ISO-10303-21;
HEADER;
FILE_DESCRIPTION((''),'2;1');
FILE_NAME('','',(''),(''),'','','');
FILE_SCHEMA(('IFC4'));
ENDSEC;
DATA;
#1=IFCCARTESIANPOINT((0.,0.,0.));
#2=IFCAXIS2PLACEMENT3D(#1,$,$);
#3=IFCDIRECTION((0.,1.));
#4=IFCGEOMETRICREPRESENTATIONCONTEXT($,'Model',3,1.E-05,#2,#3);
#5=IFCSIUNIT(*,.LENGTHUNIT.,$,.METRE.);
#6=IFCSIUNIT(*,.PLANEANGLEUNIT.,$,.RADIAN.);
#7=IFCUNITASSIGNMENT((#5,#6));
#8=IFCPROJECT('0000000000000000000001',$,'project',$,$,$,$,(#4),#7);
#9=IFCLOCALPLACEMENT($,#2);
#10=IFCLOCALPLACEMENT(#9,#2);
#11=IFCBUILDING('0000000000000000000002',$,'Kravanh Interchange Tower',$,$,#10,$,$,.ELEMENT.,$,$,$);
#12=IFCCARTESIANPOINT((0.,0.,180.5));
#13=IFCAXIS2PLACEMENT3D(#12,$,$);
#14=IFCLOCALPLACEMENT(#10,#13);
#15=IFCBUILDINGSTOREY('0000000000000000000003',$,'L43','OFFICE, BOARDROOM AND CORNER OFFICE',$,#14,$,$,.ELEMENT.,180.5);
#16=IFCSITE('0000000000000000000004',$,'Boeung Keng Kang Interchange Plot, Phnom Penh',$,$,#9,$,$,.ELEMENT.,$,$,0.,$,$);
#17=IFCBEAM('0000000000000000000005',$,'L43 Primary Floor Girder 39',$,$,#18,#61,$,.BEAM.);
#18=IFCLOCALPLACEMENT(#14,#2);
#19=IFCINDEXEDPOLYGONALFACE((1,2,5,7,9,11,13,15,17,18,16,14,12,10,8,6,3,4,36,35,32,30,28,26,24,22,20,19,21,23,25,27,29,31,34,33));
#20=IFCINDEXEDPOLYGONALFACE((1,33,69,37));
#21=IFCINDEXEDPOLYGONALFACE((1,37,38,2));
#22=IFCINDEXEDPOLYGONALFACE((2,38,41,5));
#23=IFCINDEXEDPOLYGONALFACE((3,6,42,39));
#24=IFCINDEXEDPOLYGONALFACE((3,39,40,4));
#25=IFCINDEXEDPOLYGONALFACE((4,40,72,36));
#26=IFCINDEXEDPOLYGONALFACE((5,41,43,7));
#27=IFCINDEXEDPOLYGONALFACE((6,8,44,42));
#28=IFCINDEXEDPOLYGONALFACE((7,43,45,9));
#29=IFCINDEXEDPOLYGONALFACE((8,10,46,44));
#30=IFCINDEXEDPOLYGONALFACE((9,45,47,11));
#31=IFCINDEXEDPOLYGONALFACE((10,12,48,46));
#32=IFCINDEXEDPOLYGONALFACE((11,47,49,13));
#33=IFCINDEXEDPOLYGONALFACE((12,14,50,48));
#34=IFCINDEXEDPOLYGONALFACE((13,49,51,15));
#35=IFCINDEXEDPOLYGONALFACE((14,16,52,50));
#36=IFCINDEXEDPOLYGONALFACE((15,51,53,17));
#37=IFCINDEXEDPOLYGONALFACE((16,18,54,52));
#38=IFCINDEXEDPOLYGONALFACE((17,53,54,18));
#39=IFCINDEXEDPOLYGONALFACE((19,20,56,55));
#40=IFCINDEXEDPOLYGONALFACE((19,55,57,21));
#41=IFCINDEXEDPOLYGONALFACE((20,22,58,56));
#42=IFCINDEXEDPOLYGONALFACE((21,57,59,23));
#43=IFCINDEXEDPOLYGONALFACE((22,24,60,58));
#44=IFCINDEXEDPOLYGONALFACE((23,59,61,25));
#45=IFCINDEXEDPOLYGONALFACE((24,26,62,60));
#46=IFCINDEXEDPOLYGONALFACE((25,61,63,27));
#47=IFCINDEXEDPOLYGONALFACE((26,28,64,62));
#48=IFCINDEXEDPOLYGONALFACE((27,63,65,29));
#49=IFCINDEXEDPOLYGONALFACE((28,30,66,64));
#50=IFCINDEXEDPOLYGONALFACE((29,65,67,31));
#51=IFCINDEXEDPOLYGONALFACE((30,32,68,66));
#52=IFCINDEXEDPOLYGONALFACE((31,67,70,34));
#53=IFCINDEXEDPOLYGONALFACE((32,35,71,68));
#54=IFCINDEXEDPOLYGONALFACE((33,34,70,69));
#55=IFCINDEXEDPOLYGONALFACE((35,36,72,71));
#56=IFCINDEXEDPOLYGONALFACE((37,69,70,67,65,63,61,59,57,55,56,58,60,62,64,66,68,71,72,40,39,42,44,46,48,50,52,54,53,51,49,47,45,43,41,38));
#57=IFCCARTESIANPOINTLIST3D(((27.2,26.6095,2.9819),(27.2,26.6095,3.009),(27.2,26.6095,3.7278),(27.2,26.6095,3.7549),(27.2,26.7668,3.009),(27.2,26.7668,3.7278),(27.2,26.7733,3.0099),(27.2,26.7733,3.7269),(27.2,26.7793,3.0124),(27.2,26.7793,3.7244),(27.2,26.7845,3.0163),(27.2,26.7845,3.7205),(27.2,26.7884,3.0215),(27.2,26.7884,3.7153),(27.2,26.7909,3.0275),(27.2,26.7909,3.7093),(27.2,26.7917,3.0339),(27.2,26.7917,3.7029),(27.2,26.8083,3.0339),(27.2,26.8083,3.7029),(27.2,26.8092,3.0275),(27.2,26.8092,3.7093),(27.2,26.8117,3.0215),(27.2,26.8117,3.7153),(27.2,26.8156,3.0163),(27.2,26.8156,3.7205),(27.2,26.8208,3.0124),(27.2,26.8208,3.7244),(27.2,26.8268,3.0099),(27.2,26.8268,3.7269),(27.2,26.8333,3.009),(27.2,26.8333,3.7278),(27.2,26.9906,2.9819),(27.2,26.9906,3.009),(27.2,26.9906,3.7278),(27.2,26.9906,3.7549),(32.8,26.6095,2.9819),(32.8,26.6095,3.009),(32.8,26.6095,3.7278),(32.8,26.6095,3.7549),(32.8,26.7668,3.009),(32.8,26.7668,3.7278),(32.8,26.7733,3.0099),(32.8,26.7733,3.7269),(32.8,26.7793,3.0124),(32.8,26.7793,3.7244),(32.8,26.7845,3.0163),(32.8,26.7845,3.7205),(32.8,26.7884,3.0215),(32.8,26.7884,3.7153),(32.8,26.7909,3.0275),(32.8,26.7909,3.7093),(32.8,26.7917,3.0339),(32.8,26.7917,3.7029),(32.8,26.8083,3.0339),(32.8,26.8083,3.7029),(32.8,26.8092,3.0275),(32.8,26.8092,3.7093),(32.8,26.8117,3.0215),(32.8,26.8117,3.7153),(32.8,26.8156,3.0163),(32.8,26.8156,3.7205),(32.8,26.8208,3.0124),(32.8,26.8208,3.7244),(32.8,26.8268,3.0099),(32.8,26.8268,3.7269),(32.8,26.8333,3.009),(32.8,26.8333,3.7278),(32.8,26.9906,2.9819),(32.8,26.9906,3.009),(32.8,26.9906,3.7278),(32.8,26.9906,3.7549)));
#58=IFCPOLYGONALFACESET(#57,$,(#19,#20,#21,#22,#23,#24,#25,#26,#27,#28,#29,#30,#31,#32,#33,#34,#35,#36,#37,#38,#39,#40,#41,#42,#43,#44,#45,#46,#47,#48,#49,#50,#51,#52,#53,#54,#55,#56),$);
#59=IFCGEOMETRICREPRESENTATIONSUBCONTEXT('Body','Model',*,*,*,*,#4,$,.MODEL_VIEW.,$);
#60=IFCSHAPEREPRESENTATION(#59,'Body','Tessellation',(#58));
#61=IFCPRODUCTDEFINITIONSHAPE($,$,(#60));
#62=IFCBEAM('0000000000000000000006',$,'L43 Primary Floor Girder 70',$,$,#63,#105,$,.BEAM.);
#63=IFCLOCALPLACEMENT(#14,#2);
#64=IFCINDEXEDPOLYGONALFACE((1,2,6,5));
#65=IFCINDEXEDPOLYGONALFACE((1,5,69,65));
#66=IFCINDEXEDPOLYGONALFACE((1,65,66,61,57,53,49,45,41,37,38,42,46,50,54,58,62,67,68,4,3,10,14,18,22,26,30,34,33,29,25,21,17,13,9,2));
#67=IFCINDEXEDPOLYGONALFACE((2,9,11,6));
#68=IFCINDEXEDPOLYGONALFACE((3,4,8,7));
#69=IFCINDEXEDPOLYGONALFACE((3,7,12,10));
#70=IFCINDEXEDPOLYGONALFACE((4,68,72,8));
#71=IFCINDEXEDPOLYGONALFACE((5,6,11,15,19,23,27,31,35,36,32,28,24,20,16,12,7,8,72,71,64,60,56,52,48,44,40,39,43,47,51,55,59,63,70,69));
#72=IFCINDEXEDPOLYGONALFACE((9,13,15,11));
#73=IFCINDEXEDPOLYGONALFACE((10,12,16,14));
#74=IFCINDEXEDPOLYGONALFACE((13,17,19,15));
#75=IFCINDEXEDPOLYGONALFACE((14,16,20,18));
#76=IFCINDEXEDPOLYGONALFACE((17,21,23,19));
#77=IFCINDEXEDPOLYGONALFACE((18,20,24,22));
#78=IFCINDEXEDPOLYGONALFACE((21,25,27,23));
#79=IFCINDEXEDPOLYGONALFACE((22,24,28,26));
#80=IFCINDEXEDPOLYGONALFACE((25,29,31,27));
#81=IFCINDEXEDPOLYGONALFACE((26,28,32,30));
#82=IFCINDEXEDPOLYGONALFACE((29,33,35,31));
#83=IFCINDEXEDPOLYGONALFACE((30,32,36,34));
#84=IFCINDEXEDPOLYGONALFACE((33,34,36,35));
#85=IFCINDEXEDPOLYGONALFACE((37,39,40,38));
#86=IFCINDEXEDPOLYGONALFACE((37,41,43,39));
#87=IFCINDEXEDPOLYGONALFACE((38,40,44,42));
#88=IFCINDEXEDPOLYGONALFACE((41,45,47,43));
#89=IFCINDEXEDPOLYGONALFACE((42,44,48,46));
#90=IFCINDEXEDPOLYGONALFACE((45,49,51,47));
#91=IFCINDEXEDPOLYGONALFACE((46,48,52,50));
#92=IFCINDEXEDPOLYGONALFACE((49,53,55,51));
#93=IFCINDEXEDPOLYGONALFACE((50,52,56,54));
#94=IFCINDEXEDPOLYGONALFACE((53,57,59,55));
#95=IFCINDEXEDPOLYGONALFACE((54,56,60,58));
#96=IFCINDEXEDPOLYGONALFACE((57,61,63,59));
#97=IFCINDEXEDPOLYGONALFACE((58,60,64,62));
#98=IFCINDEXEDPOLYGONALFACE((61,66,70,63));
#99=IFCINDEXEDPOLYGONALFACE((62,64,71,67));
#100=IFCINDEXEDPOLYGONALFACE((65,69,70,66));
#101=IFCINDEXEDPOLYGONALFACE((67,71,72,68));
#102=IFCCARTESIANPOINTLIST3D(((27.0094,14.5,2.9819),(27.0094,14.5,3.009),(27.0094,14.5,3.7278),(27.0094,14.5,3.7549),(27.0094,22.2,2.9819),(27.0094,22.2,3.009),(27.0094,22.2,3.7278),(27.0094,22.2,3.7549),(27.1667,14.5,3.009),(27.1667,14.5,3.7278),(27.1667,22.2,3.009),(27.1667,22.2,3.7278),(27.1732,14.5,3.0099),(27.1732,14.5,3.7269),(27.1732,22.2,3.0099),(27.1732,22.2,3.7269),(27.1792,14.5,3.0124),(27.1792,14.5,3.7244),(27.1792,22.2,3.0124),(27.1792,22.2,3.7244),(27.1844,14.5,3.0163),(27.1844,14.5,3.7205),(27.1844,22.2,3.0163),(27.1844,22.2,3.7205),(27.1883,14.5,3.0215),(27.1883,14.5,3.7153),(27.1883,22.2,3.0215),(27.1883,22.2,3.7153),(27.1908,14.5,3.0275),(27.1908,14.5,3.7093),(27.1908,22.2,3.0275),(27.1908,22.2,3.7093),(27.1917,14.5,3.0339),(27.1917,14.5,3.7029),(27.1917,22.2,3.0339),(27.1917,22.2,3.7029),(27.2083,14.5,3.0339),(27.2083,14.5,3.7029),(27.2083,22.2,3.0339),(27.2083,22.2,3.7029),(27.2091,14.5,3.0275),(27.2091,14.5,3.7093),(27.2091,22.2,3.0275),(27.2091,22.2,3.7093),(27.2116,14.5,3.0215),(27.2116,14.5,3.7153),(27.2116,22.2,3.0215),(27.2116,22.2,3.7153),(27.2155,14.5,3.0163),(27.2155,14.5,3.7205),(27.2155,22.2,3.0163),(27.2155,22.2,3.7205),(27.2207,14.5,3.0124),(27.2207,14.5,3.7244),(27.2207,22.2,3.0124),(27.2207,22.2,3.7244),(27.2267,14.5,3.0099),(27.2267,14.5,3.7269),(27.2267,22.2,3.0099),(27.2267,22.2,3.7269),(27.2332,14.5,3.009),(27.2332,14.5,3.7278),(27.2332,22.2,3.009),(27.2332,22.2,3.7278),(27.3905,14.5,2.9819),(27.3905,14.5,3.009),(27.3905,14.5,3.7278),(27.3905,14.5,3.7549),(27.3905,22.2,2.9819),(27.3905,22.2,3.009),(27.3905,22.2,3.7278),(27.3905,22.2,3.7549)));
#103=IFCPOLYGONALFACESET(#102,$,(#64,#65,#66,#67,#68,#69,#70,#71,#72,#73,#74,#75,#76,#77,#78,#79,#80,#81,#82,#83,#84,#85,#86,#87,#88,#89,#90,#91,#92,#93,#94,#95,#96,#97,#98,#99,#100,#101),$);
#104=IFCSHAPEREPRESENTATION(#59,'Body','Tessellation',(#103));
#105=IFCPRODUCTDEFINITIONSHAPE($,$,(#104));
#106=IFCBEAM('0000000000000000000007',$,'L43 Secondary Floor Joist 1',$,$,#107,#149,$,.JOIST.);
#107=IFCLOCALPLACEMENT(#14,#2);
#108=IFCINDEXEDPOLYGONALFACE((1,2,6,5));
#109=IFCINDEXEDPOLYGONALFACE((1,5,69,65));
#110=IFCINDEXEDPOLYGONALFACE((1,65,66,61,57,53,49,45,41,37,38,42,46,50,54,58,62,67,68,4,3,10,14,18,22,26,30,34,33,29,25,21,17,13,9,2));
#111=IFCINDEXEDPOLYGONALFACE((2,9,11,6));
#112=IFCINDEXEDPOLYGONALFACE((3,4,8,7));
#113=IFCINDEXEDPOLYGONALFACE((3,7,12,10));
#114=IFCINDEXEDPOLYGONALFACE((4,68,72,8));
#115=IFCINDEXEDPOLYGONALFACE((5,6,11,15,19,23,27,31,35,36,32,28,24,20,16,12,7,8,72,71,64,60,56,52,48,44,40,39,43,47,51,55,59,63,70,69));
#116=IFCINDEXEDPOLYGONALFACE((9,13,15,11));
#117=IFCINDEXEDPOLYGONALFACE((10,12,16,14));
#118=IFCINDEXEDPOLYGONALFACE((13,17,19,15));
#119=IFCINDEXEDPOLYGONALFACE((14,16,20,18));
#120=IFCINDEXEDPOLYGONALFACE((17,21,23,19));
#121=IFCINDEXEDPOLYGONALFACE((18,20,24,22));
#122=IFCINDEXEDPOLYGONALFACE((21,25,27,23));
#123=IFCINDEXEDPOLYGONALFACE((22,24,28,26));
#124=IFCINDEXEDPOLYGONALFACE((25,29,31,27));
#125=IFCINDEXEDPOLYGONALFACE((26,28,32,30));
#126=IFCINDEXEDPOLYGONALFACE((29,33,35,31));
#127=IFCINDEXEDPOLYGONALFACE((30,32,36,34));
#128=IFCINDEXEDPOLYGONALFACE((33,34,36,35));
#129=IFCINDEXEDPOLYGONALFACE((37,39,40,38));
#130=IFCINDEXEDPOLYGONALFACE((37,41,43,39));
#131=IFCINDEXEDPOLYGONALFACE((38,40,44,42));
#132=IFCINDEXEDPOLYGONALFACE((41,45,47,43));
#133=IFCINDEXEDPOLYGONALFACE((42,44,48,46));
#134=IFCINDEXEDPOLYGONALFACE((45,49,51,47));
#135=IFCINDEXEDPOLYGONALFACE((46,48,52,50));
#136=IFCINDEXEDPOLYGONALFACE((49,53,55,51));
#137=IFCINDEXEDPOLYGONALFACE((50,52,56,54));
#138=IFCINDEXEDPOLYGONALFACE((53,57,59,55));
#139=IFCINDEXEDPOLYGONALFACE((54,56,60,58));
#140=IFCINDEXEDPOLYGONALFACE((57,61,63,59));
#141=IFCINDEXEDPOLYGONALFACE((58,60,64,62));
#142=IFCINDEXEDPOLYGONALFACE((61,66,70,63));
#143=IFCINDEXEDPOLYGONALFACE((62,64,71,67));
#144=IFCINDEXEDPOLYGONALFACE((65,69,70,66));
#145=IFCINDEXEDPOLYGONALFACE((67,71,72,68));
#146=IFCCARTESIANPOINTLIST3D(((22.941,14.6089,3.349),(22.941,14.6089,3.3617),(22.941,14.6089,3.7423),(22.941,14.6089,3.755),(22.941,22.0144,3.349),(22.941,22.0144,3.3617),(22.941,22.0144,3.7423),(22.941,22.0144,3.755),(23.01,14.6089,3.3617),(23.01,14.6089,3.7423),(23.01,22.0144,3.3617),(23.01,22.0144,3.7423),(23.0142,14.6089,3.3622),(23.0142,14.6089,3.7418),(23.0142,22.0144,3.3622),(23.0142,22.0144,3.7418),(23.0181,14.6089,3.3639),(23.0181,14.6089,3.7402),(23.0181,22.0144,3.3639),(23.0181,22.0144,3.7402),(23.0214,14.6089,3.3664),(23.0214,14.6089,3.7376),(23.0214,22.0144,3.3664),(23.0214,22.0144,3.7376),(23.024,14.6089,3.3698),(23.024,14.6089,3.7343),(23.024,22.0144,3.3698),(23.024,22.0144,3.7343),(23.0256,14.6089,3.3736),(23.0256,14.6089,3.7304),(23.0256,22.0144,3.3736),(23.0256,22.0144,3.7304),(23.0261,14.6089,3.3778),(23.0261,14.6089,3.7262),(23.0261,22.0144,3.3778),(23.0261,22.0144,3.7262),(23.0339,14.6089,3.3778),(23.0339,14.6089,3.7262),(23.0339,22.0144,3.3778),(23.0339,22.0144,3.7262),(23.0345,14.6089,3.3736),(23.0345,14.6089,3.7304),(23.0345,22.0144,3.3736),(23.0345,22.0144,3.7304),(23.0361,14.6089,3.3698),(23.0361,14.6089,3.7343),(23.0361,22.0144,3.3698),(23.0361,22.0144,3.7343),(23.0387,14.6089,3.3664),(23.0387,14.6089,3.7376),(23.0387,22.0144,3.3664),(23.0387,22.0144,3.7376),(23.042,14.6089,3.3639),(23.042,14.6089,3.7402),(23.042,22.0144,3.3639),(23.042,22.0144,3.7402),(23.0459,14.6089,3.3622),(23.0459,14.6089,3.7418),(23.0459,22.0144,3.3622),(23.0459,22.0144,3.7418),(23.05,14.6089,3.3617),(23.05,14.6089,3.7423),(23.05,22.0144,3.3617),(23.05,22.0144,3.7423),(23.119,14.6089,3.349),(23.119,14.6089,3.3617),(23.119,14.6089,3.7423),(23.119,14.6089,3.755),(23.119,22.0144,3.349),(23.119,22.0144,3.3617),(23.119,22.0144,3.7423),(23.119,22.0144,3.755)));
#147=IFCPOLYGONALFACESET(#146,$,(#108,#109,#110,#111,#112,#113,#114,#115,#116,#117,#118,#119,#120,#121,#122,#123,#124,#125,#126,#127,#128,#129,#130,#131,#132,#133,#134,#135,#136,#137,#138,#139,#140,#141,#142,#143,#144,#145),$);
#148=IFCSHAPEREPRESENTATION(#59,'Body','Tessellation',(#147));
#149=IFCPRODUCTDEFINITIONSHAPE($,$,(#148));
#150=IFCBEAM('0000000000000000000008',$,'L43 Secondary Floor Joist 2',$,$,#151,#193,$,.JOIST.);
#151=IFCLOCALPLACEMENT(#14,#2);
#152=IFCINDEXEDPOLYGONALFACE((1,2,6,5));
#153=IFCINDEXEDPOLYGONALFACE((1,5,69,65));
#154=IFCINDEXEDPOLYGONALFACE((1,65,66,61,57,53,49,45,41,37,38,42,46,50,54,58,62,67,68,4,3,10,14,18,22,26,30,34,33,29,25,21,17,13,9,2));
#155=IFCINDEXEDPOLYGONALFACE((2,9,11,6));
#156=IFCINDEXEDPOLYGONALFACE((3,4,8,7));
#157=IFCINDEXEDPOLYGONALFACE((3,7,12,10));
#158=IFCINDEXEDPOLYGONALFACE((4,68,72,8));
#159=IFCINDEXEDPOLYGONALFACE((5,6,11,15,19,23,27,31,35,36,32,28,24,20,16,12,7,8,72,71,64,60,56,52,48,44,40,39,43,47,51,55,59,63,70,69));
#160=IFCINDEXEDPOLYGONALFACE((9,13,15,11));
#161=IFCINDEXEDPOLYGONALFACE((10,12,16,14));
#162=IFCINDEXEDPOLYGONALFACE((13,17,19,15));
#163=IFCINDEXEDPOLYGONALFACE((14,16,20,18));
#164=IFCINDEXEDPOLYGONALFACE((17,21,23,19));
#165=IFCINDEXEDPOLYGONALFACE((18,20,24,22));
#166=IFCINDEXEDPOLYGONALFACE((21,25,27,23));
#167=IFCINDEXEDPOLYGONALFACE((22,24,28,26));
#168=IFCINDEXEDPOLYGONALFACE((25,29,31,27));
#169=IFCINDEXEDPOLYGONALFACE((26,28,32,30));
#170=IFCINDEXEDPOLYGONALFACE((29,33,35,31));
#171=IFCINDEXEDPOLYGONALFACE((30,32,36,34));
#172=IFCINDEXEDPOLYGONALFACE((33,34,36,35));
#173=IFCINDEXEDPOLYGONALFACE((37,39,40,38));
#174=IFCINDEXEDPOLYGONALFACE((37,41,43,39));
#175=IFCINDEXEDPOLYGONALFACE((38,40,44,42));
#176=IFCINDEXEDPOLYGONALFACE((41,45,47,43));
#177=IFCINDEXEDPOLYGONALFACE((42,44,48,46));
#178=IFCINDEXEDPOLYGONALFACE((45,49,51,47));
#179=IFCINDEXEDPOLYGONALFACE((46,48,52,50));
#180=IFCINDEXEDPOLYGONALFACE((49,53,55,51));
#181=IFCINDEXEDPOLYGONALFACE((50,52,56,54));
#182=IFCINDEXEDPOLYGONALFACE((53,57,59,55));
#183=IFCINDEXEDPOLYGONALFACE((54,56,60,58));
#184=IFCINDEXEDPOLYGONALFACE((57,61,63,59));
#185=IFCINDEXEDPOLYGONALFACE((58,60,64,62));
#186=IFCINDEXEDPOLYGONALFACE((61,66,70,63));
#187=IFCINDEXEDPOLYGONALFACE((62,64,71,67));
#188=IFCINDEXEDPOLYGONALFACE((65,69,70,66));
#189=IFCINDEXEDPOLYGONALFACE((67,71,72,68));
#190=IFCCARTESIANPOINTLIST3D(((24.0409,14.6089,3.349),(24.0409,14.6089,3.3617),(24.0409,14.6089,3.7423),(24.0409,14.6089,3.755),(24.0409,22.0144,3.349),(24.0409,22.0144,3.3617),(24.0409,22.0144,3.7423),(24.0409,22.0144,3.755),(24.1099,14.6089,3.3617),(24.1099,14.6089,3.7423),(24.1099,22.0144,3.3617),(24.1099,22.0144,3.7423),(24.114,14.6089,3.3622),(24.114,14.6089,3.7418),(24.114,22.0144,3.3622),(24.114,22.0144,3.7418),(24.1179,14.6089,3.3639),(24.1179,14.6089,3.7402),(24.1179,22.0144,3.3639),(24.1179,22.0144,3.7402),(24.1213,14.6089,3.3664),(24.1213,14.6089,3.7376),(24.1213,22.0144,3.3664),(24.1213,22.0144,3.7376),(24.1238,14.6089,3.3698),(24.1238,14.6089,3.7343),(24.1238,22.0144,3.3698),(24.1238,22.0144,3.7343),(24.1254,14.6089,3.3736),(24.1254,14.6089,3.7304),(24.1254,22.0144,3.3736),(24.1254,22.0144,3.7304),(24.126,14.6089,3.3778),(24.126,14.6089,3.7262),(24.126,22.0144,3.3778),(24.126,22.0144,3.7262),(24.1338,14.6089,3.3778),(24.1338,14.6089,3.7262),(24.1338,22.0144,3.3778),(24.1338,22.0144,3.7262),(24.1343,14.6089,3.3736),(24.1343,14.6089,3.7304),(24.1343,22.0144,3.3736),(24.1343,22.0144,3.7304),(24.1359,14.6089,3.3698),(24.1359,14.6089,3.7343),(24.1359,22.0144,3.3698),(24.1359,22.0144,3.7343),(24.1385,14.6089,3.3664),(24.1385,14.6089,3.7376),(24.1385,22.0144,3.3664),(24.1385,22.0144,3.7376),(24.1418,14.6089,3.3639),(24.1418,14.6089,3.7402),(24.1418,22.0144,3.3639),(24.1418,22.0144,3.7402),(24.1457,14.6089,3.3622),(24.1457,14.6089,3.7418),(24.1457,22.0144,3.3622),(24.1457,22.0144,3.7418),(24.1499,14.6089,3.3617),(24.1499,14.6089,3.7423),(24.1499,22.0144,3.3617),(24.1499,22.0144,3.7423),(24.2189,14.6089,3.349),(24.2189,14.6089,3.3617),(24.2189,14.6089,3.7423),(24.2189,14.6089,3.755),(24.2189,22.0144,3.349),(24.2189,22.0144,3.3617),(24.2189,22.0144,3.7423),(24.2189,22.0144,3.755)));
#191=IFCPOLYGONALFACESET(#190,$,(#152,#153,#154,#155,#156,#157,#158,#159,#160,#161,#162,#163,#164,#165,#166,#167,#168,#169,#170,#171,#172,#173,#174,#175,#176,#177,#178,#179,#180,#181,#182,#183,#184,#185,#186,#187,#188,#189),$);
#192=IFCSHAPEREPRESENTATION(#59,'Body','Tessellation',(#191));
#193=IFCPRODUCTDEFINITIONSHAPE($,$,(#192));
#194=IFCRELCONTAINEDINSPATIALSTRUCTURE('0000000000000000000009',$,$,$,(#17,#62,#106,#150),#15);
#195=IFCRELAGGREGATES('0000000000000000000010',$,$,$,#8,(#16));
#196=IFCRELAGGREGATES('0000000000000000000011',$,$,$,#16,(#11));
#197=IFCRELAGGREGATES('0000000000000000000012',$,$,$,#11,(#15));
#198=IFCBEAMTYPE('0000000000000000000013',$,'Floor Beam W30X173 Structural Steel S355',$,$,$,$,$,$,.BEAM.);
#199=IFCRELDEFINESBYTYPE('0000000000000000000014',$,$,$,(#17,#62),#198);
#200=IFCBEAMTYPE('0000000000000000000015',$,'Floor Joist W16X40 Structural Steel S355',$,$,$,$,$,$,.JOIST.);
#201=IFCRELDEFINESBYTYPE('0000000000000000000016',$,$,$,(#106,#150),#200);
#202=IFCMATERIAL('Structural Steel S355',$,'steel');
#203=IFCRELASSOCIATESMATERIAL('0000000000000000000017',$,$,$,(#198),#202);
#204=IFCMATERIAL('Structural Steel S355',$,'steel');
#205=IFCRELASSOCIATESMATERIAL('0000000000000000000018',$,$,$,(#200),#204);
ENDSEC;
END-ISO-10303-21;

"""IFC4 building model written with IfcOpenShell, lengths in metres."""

from ifc_helpers import new_model, si_unit, direction, frame, origin, origin_2d, place, context, subcontext, project, spatial, i_section, extrude, material, material_profile, profile_set, type_object, element, save


model = new_model("IFC4")

# Units and contexts
model_context = context("Model", 3, precision=1e-05, world=origin(), true_north=direction((0.0, 1.0)))
body_context = subcontext(model_context, "Body", "Model", "MODEL_VIEW")
ifc_project = project(units=[si_unit("LENGTHUNIT", "METRE"), si_unit("PLANEANGLEUNIT", "RADIAN")], contexts=[model_context])

# Site, building, storey
site_placement = place(None, origin())
site = spatial("IfcSite", under=ifc_project, at=site_placement, Name="Boeung Keng Kang Interchange Plot, Phnom Penh", CompositionType="ELEMENT", RefElevation=0.0)
building_placement = place(site_placement, origin())
building = spatial("IfcBuilding", under=site, at=building_placement, Name="Kravanh Interchange Tower", CompositionType="ELEMENT")
storey_placement = place(building_placement, frame((0.0, 0.0, 180.5)))
storey = spatial("IfcBuildingStorey", under=building, at=storey_placement, Name="L43", Description="OFFICE, BOARDROOM AND CORNER OFFICE", CompositionType="ELEMENT", Elevation=180.5)

# Beams
ifc_material_1 = material(Name="Structural Steel S355", Category="steel")
ifc_material_profile_1 = material_profile(ifc_material_1, i_section(OverallWidth=0.3811, OverallDepth=0.7729, WebThickness=0.0166, FlangeThickness=0.0271, FilletRadius=0.0249, at=origin_2d()), Name="W30X173")
ifc_profile_set_1 = profile_set([ifc_material_profile_1], Name="Structural Steel S355")
beam_type_1 = type_object("IfcBeamType", Name="Floor Beam W30X173 Structural Steel S355", PredefinedType="BEAM", material=ifc_profile_set_1)
beam_1_placement = place(storey_placement, frame((27.2, 26.8, 3.3684), z_axis=(1.0, 0.0, 0.0), x_axis=(0.0, 1.0, 0.0)))
element("IfcBeam", 1, at=beam_1_placement, inside=storey, type_object=beam_type_1, Name="L43 Primary Floor Girder 39", PredefinedType="BEAM", context=body_context, shape_type="SweptSolid", body=[
    extrude(i_section(OverallWidth=0.3811, OverallDepth=0.7729, WebThickness=0.0166, FlangeThickness=0.0271, FilletRadius=0.0249, at=origin_2d()), origin(), (0.0, 0.0, 1.0), 5.6001),
])
beam_2_placement = place(storey_placement, frame((27.2, 14.5, 3.3684), z_axis=(0.0, 1.0, 0.0), x_axis=(-1.0, 0.0, 0.0)))
element("IfcBeam", 2, at=beam_2_placement, inside=storey, type_object=beam_type_1, Name="L43 Primary Floor Girder 70", PredefinedType="BEAM", context=body_context, shape_type="SweptSolid", body=[
    extrude(i_section(OverallWidth=0.3811, OverallDepth=0.7729, WebThickness=0.0166, FlangeThickness=0.0271, FilletRadius=0.0249, at=origin_2d()), origin(), (0.0, 0.0, 1.0), 7.7),
])
ifc_material_2 = material(Name="Structural Steel S355", Category="steel")
ifc_material_profile_2 = material_profile(ifc_material_2, i_section(OverallWidth=0.178, OverallDepth=0.406, WebThickness=0.0078, FlangeThickness=0.0127, FilletRadius=0.0161, at=origin_2d()), Name="W16X40")
ifc_profile_set_2 = profile_set([ifc_material_profile_2], Name="Structural Steel S355")
beam_type_2 = type_object("IfcBeamType", Name="Floor Joist W16X40 Structural Steel S355", PredefinedType="JOIST", material=ifc_profile_set_2)
for number, where, z_axis, x_axis, name in (
    (3, (23.03, 14.6089, 3.552), (0.0, 1.0, 0.0), (-1.0, 0.0, 0.0), "L43 Secondary Floor Joist 1"),
    (4, (24.1299, 14.6089, 3.552), (0.0, 1.0, 0.0), (-1.0, 0.0, 0.0), "L43 Secondary Floor Joist 2"),
):
    element("IfcBeam", number, at=place(storey_placement, frame(where, z_axis=z_axis, x_axis=x_axis)), inside=storey, type_object=beam_type_2, Name=name, PredefinedType="JOIST", context=body_context, shape_type="SweptSolid", body=[
        extrude(i_section(OverallWidth=0.178, OverallDepth=0.406, WebThickness=0.0078, FlangeThickness=0.0127, FilletRadius=0.0161, at=origin_2d()), origin(), (0.0, 0.0, 1.0), 7.4055),
    ])

save(model, "model.ifc")
